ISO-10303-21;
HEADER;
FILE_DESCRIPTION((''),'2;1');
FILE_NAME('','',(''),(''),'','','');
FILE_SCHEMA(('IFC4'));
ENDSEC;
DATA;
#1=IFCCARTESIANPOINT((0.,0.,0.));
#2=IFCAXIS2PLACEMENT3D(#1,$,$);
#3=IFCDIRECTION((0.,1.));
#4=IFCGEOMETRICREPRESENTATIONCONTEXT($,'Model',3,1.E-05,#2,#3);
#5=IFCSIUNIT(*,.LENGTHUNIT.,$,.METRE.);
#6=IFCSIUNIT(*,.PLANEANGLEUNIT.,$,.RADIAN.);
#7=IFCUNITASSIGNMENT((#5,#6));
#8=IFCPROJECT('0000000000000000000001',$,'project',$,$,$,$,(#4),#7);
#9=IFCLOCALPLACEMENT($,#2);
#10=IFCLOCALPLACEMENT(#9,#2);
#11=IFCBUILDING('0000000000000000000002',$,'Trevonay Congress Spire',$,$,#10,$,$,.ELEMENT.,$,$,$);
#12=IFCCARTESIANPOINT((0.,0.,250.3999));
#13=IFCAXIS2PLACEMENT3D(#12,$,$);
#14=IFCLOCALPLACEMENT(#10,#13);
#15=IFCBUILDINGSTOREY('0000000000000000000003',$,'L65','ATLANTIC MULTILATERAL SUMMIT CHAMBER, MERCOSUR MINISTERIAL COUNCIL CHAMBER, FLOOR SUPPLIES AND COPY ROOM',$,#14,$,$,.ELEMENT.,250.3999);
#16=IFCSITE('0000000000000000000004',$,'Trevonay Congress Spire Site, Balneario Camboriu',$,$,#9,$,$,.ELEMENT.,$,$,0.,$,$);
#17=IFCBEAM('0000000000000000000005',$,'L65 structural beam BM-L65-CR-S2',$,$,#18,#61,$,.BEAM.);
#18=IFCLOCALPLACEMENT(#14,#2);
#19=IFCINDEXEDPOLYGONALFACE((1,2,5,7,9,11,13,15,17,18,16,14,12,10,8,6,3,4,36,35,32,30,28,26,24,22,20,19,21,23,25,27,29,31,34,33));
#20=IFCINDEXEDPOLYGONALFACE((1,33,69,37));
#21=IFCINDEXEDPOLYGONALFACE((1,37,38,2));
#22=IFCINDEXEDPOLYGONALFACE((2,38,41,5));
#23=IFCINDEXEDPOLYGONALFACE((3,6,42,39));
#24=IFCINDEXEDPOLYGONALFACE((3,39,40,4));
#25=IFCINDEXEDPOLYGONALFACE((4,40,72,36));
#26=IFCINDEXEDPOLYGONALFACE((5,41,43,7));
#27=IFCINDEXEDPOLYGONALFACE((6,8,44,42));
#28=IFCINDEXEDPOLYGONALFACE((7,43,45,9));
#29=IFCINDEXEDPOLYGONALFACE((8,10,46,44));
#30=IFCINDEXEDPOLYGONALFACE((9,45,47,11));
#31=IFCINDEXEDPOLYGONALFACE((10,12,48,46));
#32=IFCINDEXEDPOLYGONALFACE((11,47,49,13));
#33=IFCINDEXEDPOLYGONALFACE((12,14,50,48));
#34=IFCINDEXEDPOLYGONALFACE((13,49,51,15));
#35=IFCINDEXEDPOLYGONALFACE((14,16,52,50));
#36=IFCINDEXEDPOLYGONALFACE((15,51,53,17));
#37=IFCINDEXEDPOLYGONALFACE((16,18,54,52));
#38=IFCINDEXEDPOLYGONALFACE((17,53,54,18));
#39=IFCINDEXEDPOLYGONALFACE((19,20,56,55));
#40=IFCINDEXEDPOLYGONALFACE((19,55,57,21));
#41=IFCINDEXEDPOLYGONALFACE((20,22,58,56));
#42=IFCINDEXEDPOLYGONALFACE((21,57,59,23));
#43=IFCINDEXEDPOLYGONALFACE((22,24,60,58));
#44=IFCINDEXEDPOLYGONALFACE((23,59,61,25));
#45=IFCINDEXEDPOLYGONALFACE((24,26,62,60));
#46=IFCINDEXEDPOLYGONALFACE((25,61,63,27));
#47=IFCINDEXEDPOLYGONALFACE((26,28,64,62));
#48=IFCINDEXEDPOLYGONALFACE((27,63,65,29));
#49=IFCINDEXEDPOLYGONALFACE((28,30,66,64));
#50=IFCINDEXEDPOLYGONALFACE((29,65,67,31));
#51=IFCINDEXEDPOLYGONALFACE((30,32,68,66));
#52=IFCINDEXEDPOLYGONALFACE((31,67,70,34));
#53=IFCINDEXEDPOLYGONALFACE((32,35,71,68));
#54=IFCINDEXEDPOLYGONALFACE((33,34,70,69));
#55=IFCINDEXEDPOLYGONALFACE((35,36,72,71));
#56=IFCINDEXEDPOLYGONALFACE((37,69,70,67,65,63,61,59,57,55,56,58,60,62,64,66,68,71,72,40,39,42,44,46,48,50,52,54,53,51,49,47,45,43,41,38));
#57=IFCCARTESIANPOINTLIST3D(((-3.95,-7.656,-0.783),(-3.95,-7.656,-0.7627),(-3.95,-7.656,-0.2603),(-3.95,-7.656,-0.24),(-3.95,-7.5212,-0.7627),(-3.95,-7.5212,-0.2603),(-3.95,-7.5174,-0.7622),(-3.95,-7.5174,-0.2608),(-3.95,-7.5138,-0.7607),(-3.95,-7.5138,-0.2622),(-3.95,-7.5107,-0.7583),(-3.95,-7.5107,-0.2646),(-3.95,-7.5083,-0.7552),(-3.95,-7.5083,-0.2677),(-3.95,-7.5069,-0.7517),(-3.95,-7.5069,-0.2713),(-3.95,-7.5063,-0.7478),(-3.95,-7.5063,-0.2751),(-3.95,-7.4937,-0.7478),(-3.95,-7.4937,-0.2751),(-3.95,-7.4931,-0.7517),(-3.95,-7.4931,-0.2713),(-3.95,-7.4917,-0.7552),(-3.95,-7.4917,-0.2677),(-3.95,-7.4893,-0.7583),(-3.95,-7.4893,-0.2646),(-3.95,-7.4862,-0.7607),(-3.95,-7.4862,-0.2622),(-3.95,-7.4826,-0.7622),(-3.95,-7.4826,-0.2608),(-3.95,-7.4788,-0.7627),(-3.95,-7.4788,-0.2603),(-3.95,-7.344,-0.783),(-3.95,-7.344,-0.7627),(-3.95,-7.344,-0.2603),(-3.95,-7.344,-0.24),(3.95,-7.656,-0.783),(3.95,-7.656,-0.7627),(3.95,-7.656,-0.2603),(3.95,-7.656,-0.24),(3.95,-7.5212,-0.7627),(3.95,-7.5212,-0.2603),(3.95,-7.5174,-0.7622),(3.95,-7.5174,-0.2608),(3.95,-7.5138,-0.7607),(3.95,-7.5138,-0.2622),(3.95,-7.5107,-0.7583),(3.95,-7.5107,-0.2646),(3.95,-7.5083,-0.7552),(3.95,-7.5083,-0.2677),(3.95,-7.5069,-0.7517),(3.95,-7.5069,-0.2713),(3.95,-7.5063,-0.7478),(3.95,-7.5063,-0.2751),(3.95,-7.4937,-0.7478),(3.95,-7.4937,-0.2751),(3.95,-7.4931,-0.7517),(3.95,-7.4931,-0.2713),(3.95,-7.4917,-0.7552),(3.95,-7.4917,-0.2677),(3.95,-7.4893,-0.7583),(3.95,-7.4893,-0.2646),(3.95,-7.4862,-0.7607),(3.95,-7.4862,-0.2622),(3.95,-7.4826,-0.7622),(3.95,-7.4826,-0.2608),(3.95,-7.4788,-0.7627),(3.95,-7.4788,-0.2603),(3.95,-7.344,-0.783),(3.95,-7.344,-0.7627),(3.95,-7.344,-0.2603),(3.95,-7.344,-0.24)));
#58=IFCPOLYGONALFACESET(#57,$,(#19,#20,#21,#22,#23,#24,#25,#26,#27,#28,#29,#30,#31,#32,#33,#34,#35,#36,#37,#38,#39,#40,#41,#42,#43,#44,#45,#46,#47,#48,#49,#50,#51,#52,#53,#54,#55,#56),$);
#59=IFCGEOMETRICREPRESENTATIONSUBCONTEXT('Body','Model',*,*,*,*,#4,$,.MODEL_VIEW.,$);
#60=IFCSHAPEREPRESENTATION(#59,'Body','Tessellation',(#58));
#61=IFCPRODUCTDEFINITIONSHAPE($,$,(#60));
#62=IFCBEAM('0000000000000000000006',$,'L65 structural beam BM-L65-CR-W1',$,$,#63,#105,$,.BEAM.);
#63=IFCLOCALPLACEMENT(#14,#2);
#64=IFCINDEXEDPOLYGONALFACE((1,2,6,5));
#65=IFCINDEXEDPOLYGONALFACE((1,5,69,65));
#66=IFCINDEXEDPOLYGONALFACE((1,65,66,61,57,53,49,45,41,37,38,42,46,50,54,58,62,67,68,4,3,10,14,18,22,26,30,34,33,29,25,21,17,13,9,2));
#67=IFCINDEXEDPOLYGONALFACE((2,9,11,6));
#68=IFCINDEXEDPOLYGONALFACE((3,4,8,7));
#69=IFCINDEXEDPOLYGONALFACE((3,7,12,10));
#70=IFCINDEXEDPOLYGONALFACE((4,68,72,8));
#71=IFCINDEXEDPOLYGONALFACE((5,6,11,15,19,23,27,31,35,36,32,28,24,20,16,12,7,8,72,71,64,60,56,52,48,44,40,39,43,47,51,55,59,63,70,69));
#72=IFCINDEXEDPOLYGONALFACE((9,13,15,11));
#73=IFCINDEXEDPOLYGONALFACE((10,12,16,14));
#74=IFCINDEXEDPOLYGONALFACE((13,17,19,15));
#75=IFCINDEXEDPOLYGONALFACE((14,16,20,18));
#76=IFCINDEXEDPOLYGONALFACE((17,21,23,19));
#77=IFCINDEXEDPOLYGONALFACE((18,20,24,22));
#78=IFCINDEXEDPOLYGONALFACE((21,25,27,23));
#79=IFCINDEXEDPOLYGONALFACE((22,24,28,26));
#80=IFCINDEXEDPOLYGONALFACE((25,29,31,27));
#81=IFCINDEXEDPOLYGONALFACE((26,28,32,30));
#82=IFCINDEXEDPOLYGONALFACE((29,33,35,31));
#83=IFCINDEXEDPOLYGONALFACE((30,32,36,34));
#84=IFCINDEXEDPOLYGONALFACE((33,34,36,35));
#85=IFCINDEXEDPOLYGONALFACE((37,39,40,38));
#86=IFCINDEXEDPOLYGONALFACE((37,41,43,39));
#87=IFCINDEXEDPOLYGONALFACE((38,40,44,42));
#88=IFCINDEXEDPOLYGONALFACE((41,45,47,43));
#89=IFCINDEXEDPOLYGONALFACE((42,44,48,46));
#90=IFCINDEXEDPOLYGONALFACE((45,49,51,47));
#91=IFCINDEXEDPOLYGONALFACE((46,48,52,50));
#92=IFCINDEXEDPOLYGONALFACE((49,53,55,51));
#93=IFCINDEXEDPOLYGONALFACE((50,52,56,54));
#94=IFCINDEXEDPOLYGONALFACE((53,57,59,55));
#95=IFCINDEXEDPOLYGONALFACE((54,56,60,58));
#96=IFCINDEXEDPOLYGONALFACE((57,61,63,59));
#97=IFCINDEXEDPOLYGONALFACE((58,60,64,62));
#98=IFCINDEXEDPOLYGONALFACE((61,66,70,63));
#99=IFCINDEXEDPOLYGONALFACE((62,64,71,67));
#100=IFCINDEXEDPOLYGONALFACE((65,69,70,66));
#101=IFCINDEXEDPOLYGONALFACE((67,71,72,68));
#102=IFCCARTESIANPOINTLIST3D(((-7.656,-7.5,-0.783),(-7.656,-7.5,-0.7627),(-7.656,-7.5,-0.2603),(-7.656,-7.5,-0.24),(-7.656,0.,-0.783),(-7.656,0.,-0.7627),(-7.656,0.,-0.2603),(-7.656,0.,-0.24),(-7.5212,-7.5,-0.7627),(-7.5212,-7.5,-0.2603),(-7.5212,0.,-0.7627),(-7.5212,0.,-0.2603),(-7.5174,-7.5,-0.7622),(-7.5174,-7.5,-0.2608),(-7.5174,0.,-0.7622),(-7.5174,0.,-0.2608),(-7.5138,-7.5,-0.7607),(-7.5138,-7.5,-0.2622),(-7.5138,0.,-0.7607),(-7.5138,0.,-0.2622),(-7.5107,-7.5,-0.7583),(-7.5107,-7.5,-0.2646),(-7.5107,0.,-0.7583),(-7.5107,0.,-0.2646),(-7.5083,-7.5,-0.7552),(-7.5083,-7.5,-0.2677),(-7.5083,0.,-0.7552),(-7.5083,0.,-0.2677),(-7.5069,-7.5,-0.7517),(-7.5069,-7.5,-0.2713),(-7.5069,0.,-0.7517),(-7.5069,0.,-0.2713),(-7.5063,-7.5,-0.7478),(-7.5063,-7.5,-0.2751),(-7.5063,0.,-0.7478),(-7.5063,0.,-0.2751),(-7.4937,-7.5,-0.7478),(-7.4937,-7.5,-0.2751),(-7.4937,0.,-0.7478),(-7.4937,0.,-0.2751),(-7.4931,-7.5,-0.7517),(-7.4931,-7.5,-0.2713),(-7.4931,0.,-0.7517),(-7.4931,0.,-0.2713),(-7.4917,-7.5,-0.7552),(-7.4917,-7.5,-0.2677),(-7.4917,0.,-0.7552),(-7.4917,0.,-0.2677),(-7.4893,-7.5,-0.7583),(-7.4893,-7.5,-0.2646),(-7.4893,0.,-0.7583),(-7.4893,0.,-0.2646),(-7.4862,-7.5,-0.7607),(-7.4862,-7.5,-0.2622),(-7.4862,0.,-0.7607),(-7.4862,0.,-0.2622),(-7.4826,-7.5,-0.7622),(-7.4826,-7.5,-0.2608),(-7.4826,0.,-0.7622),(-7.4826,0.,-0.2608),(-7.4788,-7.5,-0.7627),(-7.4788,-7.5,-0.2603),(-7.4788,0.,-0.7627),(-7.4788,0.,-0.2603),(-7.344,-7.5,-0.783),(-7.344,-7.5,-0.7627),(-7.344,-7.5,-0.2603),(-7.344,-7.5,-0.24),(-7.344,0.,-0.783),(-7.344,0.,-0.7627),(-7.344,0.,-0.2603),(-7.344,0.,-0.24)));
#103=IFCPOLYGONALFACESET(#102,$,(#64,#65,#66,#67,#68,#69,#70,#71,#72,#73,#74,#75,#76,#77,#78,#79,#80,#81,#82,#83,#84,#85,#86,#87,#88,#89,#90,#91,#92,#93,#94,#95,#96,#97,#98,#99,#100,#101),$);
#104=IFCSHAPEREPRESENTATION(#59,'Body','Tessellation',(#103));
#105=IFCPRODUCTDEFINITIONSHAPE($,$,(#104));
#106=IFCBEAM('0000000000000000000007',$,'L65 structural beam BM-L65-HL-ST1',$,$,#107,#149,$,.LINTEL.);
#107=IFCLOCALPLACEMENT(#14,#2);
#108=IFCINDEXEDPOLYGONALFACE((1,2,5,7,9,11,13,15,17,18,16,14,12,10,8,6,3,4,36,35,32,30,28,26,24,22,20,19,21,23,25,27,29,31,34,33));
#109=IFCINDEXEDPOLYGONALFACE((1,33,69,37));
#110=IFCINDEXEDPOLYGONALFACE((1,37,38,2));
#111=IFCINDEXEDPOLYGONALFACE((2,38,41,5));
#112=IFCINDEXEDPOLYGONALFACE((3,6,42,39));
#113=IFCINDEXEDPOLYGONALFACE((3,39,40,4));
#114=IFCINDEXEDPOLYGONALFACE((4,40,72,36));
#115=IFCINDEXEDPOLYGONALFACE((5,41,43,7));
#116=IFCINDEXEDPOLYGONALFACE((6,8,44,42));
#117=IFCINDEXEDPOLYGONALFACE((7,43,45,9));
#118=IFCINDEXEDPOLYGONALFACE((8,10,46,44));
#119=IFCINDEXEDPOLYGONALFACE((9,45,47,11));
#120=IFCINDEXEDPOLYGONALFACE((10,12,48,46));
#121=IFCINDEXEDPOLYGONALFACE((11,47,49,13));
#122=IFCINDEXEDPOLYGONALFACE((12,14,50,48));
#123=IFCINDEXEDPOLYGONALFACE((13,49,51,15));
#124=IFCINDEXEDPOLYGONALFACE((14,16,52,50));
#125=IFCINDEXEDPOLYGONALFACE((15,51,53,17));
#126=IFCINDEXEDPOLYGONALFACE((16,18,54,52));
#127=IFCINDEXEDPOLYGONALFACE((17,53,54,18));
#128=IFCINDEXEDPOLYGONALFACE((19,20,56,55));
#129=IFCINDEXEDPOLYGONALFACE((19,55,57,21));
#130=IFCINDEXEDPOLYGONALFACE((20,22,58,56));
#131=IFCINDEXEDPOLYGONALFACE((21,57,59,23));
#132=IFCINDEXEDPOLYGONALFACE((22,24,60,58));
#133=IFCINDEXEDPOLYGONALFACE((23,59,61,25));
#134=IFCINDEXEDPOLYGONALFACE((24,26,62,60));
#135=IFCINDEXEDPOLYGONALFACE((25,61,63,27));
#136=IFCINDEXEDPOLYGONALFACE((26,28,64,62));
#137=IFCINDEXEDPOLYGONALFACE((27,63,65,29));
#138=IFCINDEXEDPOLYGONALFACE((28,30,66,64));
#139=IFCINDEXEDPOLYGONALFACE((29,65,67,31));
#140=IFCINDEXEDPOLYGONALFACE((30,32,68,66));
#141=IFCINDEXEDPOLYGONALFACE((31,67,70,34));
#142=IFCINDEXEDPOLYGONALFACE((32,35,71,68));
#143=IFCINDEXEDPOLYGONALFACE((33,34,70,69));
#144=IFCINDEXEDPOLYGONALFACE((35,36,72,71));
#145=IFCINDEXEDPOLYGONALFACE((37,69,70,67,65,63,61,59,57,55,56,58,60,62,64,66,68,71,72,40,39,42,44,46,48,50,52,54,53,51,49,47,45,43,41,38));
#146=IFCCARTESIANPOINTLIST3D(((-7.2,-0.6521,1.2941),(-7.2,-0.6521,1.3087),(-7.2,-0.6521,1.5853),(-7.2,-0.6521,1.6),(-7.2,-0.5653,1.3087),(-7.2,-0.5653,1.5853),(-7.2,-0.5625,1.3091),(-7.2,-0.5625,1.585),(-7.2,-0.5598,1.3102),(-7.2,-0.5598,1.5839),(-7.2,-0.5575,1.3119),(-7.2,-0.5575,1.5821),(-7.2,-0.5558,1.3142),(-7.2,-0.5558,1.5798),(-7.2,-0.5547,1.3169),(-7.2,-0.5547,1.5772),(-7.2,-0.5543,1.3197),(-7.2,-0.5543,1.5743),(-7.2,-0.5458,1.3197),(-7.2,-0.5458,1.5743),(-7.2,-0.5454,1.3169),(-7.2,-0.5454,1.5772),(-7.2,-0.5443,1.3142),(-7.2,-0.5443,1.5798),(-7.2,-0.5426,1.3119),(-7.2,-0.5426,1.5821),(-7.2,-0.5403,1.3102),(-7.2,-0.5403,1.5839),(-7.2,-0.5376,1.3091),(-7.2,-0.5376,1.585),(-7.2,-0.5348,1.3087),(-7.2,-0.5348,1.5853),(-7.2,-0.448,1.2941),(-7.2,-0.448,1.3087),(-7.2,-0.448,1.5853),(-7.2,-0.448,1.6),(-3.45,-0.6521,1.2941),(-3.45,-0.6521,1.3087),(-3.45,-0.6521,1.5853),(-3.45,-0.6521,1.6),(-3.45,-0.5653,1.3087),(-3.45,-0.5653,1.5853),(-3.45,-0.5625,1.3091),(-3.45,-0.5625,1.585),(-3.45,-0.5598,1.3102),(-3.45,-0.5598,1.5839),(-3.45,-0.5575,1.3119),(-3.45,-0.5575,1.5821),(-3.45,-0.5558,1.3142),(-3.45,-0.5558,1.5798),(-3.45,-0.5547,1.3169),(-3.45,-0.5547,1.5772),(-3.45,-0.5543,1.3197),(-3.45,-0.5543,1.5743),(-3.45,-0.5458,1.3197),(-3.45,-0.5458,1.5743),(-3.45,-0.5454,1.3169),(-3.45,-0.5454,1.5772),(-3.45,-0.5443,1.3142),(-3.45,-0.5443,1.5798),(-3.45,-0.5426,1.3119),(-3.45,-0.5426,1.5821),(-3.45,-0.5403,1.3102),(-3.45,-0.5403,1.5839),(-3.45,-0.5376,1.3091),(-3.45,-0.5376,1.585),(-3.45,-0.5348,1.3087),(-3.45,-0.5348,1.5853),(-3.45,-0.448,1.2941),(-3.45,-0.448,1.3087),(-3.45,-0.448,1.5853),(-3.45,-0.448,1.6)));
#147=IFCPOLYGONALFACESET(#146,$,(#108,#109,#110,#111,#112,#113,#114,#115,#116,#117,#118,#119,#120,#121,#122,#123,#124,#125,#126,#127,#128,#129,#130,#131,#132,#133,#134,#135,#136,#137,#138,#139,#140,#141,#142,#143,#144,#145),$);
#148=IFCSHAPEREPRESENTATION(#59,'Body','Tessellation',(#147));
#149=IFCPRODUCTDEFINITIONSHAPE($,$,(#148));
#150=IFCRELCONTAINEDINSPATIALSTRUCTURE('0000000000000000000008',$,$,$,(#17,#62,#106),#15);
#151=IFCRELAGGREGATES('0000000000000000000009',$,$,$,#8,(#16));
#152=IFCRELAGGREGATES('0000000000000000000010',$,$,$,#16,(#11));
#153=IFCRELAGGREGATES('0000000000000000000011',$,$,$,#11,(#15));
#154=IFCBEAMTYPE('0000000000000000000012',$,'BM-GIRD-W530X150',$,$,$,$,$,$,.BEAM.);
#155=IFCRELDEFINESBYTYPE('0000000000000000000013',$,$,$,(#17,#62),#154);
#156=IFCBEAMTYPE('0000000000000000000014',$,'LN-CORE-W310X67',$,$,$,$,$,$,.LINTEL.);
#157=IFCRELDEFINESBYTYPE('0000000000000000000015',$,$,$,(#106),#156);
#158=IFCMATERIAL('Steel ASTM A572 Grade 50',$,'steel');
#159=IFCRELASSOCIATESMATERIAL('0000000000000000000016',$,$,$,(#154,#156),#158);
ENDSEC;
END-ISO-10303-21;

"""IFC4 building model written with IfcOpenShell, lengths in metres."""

from ifc_helpers import new_model, si_unit, direction, frame, origin, origin_2d, place, context, subcontext, project, spatial, i_section, extrude, material, material_profile, profile_set, type_object, element, save


model = new_model("IFC4")

# Units and contexts
model_context = context("Model", 3, precision=1e-05, world=origin(), true_north=direction((0.0, 1.0)))
body_context = subcontext(model_context, "Body", "Model", "MODEL_VIEW")
ifc_project = project(units=[si_unit("LENGTHUNIT", "METRE"), si_unit("PLANEANGLEUNIT", "RADIAN")], contexts=[model_context])

# Site, building, storey
site_placement = place(None, origin())
site = spatial("IfcSite", under=ifc_project, at=site_placement, Name="Trevonay Congress Spire Site, Balneario Camboriu", CompositionType="ELEMENT", RefElevation=0.0)
building_placement = place(site_placement, origin())
building = spatial("IfcBuilding", under=site, at=building_placement, Name="Trevonay Congress Spire", CompositionType="ELEMENT")
storey_placement = place(building_placement, frame((0.0, 0.0, 250.3999)))
storey = spatial("IfcBuildingStorey", under=building, at=storey_placement, Name="L65", Description="ATLANTIC MULTILATERAL SUMMIT CHAMBER, MERCOSUR MINISTERIAL COUNCIL CHAMBER, FLOOR SUPPLIES AND COPY ROOM", CompositionType="ELEMENT", Elevation=250.3999)

# Shared definitions
ifc_material_1 = material(Name="Steel ASTM A572 Grade 50", Category="steel")

# Beams
ifc_material_profile_1 = material_profile(ifc_material_1, i_section(OverallWidth=0.312, OverallDepth=0.543, WebThickness=0.0127, FlangeThickness=0.0203, FilletRadius=0.0149, at=origin_2d()), Name="W530x150")
ifc_profile_set_1 = profile_set([ifc_material_profile_1], Name="Steel ASTM A572 Grade 50")
beam_type_1 = type_object("IfcBeamType", Name="BM-GIRD-W530X150", PredefinedType="BEAM", material=ifc_profile_set_1)
beam_1_placement = place(storey_placement, frame((-3.95, -7.5, -0.5115), z_axis=(1.0, 0.0, 0.0), x_axis=(0.0, 1.0, 0.0)))
element("IfcBeam", 1, at=beam_1_placement, inside=storey, type_object=beam_type_1, Name="L65 structural beam BM-L65-CR-S2", PredefinedType="BEAM", context=body_context, shape_type="SweptSolid", body=[
    extrude(i_section(OverallWidth=0.312, OverallDepth=0.543, WebThickness=0.0127, FlangeThickness=0.0203, FilletRadius=0.0149, at=origin_2d()), origin(), (0.0, 0.0, 1.0), 7.8999),
])
beam_2_placement = place(storey_placement, frame((-7.5, -7.5, -0.5115), z_axis=(0.0, 1.0, 0.0), x_axis=(-1.0, 0.0, 0.0)))
element("IfcBeam", 2, at=beam_2_placement, inside=storey, type_object=beam_type_1, Name="L65 structural beam BM-L65-CR-W1", PredefinedType="BEAM", context=body_context, shape_type="SweptSolid", body=[
    extrude(i_section(OverallWidth=0.312, OverallDepth=0.543, WebThickness=0.0127, FlangeThickness=0.0203, FilletRadius=0.0149, at=origin_2d()), origin(), (0.0, 0.0, 1.0), 7.5),
])
ifc_material_profile_2 = material_profile(ifc_material_1, i_section(OverallWidth=0.2041, OverallDepth=0.3059, WebThickness=0.0085, FlangeThickness=0.0146, FilletRadius=0.011, at=origin_2d()), Name="W310x67")
ifc_profile_set_2 = profile_set([ifc_material_profile_2], Name="Steel ASTM A572 Grade 50")
beam_type_2 = type_object("IfcBeamType", Name="LN-CORE-W310X67", PredefinedType="LINTEL", material=ifc_profile_set_2)
beam_3_placement = place(storey_placement, frame((-7.2, -0.55, 1.447), z_axis=(1.0, 0.0, 0.0), x_axis=(0.0, 1.0, 0.0)))
element("IfcBeam", 3, at=beam_3_placement, inside=storey, type_object=beam_type_2, Name="L65 structural beam BM-L65-HL-ST1", PredefinedType="LINTEL", context=body_context, shape_type="SweptSolid", body=[
    extrude(i_section(OverallWidth=0.2041, OverallDepth=0.3059, WebThickness=0.0085, FlangeThickness=0.0146, FilletRadius=0.011, at=origin_2d()), origin(), (0.0, 0.0, 1.0), 3.75),
])

save(model, "model.ifc")
